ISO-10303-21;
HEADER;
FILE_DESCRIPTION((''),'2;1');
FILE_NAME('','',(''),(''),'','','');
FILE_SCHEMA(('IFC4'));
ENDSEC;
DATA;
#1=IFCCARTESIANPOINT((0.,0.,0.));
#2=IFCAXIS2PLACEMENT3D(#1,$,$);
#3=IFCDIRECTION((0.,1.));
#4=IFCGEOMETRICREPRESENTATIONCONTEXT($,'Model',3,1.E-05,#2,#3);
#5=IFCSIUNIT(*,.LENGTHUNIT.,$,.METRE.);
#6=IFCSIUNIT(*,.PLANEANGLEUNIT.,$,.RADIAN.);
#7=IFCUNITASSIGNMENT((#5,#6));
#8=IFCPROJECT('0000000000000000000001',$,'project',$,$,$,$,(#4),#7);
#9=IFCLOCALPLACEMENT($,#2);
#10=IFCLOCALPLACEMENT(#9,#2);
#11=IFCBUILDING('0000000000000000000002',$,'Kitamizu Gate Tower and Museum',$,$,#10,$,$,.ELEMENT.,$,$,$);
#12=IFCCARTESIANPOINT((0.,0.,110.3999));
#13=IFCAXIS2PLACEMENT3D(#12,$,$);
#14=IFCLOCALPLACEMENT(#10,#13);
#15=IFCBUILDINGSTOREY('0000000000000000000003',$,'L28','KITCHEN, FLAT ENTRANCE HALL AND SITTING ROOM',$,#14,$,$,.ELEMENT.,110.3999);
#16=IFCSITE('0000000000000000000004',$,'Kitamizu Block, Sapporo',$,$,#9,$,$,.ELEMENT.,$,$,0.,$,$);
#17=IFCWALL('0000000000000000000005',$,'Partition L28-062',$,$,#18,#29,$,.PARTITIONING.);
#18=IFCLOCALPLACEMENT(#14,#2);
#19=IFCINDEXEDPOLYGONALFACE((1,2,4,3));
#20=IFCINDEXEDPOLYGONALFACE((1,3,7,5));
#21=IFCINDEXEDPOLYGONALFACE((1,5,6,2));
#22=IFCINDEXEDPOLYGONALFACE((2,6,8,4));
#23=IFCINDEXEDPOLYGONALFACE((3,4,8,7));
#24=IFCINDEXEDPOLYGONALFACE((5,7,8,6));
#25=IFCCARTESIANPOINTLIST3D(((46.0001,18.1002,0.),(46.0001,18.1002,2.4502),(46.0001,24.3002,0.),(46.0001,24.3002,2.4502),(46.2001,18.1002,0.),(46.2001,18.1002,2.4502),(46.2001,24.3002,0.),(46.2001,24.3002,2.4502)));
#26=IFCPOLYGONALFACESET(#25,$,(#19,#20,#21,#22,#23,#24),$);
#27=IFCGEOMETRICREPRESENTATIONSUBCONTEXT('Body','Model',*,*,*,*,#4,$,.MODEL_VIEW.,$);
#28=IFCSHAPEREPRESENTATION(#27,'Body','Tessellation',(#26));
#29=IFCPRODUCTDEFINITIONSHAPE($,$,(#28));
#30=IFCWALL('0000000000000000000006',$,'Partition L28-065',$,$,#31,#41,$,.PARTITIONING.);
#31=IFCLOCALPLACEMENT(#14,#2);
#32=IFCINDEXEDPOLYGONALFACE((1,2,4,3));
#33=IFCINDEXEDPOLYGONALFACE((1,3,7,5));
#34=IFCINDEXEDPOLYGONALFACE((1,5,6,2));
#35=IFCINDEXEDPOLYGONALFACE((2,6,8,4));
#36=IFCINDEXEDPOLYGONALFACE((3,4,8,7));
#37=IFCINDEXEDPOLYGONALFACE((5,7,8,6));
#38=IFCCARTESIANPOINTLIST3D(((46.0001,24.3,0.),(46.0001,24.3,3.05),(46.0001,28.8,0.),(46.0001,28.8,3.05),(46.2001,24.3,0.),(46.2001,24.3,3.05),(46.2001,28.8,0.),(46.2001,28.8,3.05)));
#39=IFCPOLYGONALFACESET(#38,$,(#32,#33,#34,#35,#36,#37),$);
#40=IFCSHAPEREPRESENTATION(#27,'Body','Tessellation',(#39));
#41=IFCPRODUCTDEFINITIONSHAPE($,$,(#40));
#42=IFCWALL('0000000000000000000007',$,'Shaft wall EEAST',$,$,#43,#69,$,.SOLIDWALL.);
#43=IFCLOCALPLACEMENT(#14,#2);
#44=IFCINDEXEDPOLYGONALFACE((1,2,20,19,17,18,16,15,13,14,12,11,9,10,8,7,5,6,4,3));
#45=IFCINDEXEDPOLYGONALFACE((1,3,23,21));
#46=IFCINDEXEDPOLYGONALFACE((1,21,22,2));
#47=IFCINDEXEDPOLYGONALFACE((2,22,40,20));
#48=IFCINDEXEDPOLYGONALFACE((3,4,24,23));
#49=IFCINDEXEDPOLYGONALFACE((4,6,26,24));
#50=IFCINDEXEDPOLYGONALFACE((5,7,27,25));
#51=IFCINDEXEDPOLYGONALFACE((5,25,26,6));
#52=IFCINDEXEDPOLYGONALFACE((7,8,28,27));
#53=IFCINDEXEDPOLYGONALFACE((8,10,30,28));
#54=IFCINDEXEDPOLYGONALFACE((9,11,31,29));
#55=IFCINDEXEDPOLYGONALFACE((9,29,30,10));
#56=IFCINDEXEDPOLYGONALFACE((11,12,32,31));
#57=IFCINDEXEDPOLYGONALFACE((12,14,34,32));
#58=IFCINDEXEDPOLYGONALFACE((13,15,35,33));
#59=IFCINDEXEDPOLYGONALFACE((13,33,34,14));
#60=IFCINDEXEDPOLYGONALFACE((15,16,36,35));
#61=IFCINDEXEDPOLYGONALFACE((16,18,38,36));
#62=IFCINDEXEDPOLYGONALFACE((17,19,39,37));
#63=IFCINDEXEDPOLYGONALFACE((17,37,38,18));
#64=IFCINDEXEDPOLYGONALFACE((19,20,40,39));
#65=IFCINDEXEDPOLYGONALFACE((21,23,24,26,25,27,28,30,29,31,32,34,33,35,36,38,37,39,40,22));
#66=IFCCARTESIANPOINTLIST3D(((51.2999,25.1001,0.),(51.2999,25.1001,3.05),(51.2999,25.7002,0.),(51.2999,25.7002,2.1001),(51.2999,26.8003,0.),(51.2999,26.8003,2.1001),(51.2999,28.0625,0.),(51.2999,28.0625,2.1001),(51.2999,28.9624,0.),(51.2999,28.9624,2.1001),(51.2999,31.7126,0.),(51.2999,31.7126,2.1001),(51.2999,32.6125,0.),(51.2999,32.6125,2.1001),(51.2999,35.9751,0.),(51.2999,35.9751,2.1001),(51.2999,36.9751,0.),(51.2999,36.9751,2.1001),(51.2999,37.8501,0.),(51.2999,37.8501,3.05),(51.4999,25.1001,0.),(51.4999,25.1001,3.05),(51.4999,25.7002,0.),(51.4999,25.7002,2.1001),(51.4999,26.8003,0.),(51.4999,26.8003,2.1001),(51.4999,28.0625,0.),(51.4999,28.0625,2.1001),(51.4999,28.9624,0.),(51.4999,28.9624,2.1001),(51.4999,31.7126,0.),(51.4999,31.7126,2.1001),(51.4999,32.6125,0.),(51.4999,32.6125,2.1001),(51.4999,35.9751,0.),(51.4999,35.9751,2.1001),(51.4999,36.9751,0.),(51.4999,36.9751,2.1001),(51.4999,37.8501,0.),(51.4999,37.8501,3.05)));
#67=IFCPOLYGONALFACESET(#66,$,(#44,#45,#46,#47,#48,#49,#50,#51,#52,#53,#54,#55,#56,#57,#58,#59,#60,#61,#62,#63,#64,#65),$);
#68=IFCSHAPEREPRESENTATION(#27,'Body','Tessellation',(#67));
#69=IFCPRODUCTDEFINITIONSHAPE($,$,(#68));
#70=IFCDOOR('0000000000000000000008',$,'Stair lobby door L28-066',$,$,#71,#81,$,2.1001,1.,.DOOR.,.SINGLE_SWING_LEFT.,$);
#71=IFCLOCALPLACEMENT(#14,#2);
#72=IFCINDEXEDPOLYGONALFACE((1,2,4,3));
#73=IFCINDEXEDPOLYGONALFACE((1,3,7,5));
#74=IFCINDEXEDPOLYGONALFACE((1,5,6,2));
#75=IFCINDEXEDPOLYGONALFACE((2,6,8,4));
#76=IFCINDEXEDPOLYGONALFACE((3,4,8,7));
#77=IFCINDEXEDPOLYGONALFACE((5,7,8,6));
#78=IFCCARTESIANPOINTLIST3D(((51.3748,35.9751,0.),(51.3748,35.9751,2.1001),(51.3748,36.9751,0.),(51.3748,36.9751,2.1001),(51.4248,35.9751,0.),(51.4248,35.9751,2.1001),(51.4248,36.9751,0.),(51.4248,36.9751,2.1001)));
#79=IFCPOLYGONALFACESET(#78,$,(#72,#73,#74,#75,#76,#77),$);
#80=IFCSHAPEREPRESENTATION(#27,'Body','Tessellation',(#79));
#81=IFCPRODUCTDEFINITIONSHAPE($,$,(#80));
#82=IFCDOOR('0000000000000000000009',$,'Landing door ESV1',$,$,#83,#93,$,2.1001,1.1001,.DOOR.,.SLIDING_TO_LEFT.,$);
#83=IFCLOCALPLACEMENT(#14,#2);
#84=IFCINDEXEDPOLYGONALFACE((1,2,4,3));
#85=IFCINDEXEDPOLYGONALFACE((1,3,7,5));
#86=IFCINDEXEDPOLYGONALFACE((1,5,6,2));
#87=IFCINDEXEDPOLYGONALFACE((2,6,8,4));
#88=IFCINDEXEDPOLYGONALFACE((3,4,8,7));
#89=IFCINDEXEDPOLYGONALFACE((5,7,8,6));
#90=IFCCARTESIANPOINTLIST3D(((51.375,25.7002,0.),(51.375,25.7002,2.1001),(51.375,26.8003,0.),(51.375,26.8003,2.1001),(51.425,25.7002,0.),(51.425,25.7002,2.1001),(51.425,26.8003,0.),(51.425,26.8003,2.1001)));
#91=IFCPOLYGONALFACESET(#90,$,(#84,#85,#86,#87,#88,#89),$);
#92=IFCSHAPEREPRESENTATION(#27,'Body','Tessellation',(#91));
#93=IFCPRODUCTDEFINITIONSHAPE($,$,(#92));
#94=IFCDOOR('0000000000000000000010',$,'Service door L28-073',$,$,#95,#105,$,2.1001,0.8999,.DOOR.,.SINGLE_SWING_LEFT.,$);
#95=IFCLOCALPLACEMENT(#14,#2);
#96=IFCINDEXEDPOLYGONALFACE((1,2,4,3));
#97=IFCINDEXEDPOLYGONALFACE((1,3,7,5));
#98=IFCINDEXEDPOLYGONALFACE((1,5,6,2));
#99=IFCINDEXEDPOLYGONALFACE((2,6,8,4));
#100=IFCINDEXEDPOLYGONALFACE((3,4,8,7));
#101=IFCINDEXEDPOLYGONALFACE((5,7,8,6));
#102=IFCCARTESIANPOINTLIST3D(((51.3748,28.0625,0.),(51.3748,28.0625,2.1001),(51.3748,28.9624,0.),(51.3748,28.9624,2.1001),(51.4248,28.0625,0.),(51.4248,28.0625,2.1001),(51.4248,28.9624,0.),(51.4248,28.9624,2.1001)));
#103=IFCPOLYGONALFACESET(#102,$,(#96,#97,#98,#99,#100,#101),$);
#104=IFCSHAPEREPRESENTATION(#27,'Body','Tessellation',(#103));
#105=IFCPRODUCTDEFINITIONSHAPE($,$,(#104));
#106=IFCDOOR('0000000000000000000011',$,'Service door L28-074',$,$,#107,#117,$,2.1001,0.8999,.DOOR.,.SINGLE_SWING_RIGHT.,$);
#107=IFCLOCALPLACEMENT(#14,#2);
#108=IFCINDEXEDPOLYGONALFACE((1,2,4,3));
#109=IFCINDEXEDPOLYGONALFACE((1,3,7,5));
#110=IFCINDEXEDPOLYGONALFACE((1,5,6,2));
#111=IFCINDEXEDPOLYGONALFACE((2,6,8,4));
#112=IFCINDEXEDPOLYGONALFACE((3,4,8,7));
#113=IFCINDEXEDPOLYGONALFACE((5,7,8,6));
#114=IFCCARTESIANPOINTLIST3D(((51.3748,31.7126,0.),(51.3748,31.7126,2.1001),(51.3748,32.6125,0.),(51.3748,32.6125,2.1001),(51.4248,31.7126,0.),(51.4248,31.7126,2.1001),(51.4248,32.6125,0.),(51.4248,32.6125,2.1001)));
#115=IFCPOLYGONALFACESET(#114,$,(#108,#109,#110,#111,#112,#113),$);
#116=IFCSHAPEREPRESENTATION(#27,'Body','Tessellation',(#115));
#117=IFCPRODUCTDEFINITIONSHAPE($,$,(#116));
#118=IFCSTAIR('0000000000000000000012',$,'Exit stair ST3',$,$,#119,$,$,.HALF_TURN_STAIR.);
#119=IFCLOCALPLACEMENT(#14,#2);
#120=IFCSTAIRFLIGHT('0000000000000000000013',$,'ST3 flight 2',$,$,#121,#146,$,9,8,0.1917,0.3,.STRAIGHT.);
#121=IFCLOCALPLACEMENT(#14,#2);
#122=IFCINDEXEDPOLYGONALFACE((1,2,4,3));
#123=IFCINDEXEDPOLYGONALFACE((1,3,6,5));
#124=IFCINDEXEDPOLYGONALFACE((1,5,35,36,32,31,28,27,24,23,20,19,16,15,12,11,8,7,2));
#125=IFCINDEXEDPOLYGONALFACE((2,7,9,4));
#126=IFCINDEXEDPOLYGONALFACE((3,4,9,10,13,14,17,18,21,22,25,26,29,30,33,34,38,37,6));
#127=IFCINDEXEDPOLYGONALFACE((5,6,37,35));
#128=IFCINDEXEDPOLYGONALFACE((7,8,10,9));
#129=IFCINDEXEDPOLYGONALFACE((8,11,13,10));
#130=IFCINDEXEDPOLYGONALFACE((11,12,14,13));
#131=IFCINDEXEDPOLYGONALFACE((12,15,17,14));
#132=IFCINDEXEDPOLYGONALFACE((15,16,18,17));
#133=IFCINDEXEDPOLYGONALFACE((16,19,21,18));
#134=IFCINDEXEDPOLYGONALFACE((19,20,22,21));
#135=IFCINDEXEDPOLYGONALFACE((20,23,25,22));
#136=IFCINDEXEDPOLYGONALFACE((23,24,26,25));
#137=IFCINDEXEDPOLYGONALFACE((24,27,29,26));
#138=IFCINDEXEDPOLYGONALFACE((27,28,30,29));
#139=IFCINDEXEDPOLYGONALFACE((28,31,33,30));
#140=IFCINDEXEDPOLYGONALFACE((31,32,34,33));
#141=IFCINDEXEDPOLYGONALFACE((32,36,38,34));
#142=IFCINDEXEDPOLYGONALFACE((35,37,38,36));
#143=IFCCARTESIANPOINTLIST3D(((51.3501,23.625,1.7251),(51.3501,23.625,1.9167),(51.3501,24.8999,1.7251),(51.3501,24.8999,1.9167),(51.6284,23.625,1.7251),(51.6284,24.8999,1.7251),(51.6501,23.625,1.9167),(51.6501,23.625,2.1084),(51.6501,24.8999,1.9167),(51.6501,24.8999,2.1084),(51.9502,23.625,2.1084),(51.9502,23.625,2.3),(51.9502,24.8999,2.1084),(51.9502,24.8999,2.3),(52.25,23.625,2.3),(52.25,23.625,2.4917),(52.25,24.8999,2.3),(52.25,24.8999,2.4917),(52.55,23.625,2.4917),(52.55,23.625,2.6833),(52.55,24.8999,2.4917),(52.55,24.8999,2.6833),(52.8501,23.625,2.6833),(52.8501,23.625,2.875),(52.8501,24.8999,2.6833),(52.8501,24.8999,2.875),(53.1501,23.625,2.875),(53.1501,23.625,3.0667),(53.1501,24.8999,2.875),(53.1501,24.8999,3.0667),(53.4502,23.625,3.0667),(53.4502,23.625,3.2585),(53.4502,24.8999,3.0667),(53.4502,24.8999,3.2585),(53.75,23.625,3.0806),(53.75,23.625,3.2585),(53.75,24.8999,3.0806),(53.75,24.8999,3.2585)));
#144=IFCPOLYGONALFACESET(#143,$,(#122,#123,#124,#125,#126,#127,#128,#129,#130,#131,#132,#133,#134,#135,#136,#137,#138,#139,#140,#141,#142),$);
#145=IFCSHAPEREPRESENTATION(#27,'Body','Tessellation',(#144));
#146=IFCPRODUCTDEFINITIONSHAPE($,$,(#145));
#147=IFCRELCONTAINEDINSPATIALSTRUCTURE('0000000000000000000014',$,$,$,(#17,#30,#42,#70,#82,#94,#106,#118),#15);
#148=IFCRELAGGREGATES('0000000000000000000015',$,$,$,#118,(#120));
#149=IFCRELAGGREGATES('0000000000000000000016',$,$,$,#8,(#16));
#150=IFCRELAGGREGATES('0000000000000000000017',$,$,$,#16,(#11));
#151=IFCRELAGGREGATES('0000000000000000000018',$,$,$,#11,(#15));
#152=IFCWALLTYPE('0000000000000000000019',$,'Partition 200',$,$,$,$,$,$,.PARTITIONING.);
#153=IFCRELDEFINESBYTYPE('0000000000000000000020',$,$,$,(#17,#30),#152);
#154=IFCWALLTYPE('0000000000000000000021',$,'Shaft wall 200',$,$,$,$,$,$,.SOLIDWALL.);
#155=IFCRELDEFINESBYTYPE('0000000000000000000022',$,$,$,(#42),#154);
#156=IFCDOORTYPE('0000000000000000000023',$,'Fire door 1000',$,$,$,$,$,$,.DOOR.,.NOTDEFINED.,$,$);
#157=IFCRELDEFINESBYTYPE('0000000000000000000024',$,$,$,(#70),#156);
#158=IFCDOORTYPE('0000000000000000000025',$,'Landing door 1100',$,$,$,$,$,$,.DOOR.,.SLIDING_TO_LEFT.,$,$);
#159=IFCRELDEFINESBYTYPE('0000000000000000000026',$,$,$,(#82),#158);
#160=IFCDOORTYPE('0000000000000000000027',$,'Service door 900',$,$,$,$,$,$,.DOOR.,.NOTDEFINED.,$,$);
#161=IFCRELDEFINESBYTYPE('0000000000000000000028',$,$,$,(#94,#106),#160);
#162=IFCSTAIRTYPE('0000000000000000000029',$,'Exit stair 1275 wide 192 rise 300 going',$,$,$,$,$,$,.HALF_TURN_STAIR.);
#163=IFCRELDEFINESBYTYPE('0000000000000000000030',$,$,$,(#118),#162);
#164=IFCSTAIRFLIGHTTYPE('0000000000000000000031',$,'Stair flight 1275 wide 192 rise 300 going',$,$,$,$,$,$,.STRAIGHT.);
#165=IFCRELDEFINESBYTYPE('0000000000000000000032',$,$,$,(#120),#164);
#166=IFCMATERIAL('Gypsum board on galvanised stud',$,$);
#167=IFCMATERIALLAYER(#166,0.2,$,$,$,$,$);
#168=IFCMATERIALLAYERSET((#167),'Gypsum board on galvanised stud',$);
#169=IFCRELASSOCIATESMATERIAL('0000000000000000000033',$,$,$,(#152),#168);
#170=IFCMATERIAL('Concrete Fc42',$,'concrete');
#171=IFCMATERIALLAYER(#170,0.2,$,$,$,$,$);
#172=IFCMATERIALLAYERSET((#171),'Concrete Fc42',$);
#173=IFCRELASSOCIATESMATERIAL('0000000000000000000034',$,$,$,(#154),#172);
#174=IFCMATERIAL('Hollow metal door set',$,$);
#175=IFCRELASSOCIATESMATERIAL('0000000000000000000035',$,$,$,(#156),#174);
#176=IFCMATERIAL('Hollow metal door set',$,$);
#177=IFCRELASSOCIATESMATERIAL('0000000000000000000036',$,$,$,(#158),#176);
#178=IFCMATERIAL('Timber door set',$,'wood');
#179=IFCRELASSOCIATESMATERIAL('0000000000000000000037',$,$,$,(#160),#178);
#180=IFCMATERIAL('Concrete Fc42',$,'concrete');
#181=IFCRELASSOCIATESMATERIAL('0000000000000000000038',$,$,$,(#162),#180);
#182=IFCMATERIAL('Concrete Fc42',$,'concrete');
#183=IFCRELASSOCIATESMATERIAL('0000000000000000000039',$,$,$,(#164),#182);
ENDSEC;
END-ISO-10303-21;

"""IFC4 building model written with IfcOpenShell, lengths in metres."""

from ifc_helpers import new_model, si_unit, direction, frame, frame_2d, origin, place, context, subcontext, project, spatial, polyline, rectangle, outline, extrude, material, layer, layer_set, type_object, element, fill, aggregate, save


model = new_model("IFC4")

# Units and contexts
model_context = context("Model", 3, precision=1e-05, world=origin(), true_north=direction((0.0, 1.0)))
body_context = subcontext(model_context, "Body", "Model", "MODEL_VIEW")
ifc_project = project(units=[si_unit("LENGTHUNIT", "METRE"), si_unit("PLANEANGLEUNIT", "RADIAN")], contexts=[model_context])

# Site, building, storey
site_placement = place(None, origin())
site = spatial("IfcSite", under=ifc_project, at=site_placement, Name="Kitamizu Block, Sapporo", CompositionType="ELEMENT", RefElevation=0.0)
building_placement = place(site_placement, origin())
building = spatial("IfcBuilding", under=site, at=building_placement, Name="Kitamizu Gate Tower and Museum", CompositionType="ELEMENT")
storey_placement = place(building_placement, frame((0.0, 0.0, 110.3999)))
storey = spatial("IfcBuildingStorey", under=building, at=storey_placement, Name="L28", Description="KITCHEN, FLAT ENTRANCE HALL AND SITTING ROOM", CompositionType="ELEMENT", Elevation=110.3999)

# Walls
ifc_material_1 = material(Name="Gypsum board on galvanised stud")
ifc_layer_1 = layer(ifc_material_1, 0.2)
ifc_layer_set_1 = layer_set([ifc_layer_1], Name="Gypsum board on galvanised stud")
wall_type_1 = type_object("IfcWallType", Name="Partition 200", PredefinedType="PARTITIONING", material=ifc_layer_set_1)
wall_1_placement = place(storey_placement, frame((46.1001, 18.1001, 0.0), z_axis=(0.0, 0.0, 1.0), x_axis=(0.0, 1.0, 0.0)))
element("IfcWall", 1, at=wall_1_placement, inside=storey, type_object=wall_type_1, Name="Partition L28-062", PredefinedType="PARTITIONING", context=body_context, shape_type="SweptSolid", body=[
    extrude(rectangle(XDim=6.2, YDim=0.2, at=frame_2d((3.1001, 0.0))), origin(), (0.0, 0.0, 1.0), 2.4502),
])
wall_2_placement = place(storey_placement, frame((46.1001, 24.3, 0.0), z_axis=(0.0, 0.0, 1.0), x_axis=(0.0, 1.0, 0.0)))
element("IfcWall", 2, at=wall_2_placement, inside=storey, type_object=wall_type_1, Name="Partition L28-065", PredefinedType="PARTITIONING", context=body_context, shape_type="SweptSolid", body=[
    extrude(rectangle(XDim=4.5, YDim=0.2, at=frame_2d((2.25, 0.0))), origin(), (0.0, 0.0, 1.0), 3.05),
])

# Wall, openings, doors
ifc_material_2 = material(Name="Concrete Fc42", Category="concrete")
ifc_layer_2 = layer(ifc_material_2, 0.2)
ifc_layer_set_2 = layer_set([ifc_layer_2], Name="Concrete Fc42")
wall_type_2 = type_object("IfcWallType", Name="Shaft wall 200", PredefinedType="SOLIDWALL", material=ifc_layer_set_2)
wall_3_placement = place(storey_placement, frame((51.3999, 25.1001, 0.0), z_axis=(0.0, 0.0, 1.0), x_axis=(0.0, 1.0, 0.0)))
wall_3 = element("IfcWall", 3, at=wall_3_placement, inside=storey, type_object=wall_type_2, Name="Shaft wall EEAST", PredefinedType="SOLIDWALL", context=body_context, shape_type="SweptSolid", body=[
    extrude(rectangle(XDim=12.75, YDim=0.2, at=frame_2d((6.375, 0.0))), origin(), (0.0, 0.0, 1.0), 3.05),
])
opening_1_placement = place(wall_3_placement, frame((0.6001, 0.0, 0.0)))
opening_1 = element("IfcOpeningElement", 4, at=opening_1_placement, cuts=wall_3, PredefinedType="OPENING", context=body_context, shape_type="SweptSolid", body=[
    extrude(rectangle(XDim=1.1001, YDim=2.1001, at=frame_2d((0.55, 1.05))), frame((0.0, 0.1099, 0.0), z_axis=(0.0, -1.0, 0.0), x_axis=(1.0, 0.0, 0.0)), (0.0, 0.0, 1.0), 0.22),
])
opening_2_placement = place(wall_3_placement, frame((10.875, 0.0, 0.0)))
opening_2 = element("IfcOpeningElement", 5, at=opening_2_placement, cuts=wall_3, PredefinedType="OPENING", context=body_context, shape_type="SweptSolid", body=[
    extrude(rectangle(XDim=1.0, YDim=2.1001, at=frame_2d((0.5, 1.05))), frame((0.0, 0.1099, 0.0), z_axis=(0.0, -1.0, 0.0), x_axis=(1.0, 0.0, 0.0)), (0.0, 0.0, 1.0), 0.22),
])
opening_3_placement = place(wall_3_placement, frame((2.9624, 0.0, 0.0)))
opening_3 = element("IfcOpeningElement", 6, at=opening_3_placement, cuts=wall_3, PredefinedType="OPENING", context=body_context, shape_type="SweptSolid", body=[
    extrude(rectangle(XDim=0.8999, YDim=2.1001, at=frame_2d((0.45, 1.05))), frame((0.0, 0.1099, 0.0), z_axis=(0.0, -1.0, 0.0), x_axis=(1.0, 0.0, 0.0)), (0.0, 0.0, 1.0), 0.22),
])
opening_4_placement = place(wall_3_placement, frame((6.6125, 0.0, 0.0)))
opening_4 = element("IfcOpeningElement", 7, at=opening_4_placement, cuts=wall_3, PredefinedType="OPENING", context=body_context, shape_type="SweptSolid", body=[
    extrude(rectangle(XDim=0.8999, YDim=2.1001, at=frame_2d((0.45, 1.05))), frame((0.0, 0.1099, 0.0), z_axis=(0.0, -1.0, 0.0), x_axis=(1.0, 0.0, 0.0)), (0.0, 0.0, 1.0), 0.22),
])
ifc_material_3 = material(Name="Hollow metal door set")
door_type_1 = type_object("IfcDoorType", Name="Fire door 1000", OperationType="NOTDEFINED", PredefinedType="DOOR", material=ifc_material_3)
door_1_placement = place(opening_2_placement, frame((1.0, 0.0, 0.0), x_axis=(-1.0, 0.0, 0.0)))
door_1 = element("IfcDoor", 8, at=door_1_placement, inside=storey, type_object=door_type_1, Name="Stair lobby door L28-066", OperationType="SINGLE_SWING_LEFT", OverallHeight=2.1001, OverallWidth=1.0, PredefinedType="DOOR", context=body_context, shape_type="SweptSolid", body=[
    extrude(rectangle(XDim=1.0, YDim=2.1001, at=frame_2d((0.5, 1.05))), frame((0.0, 0.0249, 0.0), z_axis=(0.0, -1.0, 0.0), x_axis=(1.0, 0.0, 0.0)), (0.0, 0.0, 1.0), 0.05),
])
fill(opening_2, door_1)
ifc_material_4 = material(Name="Hollow metal door set")
door_type_2 = type_object("IfcDoorType", Name="Landing door 1100", OperationType="SLIDING_TO_LEFT", PredefinedType="DOOR", material=ifc_material_4)
door_2_placement = place(opening_1_placement, origin())
door_2 = element("IfcDoor", 9, at=door_2_placement, inside=storey, type_object=door_type_2, Name="Landing door ESV1", OperationType="SLIDING_TO_LEFT", OverallHeight=2.1001, OverallWidth=1.1001, PredefinedType="DOOR", context=body_context, shape_type="SweptSolid", body=[
    extrude(rectangle(XDim=1.1001, YDim=2.1001, at=frame_2d((0.55, 1.05))), frame((0.0, 0.0249, 0.0), z_axis=(0.0, -1.0, 0.0), x_axis=(1.0, 0.0, 0.0)), (0.0, 0.0, 1.0), 0.05),
])
fill(opening_1, door_2)
ifc_material_5 = material(Name="Timber door set", Category="wood")
door_type_3 = type_object("IfcDoorType", Name="Service door 900", OperationType="NOTDEFINED", PredefinedType="DOOR", material=ifc_material_5)
door_3_placement = place(opening_3_placement, frame((0.8999, 0.0, 0.0), x_axis=(-1.0, 0.0, 0.0)))
door_3 = element("IfcDoor", 10, at=door_3_placement, inside=storey, type_object=door_type_3, Name="Service door L28-073", OperationType="SINGLE_SWING_LEFT", OverallHeight=2.1001, OverallWidth=0.8999, PredefinedType="DOOR", context=body_context, shape_type="SweptSolid", body=[
    extrude(rectangle(XDim=0.8999, YDim=2.1001, at=frame_2d((0.45, 1.05))), frame((0.0, 0.0249, 0.0), z_axis=(0.0, -1.0, 0.0), x_axis=(1.0, 0.0, 0.0)), (0.0, 0.0, 1.0), 0.05),
])
fill(opening_3, door_3)
door_4_placement = place(opening_4_placement, frame((0.8999, 0.0, 0.0), x_axis=(-1.0, 0.0, 0.0)))
door_4 = element("IfcDoor", 11, at=door_4_placement, inside=storey, type_object=door_type_3, Name="Service door L28-074", OperationType="SINGLE_SWING_RIGHT", OverallHeight=2.1001, OverallWidth=0.8999, PredefinedType="DOOR", context=body_context, shape_type="SweptSolid", body=[
    extrude(rectangle(XDim=0.8999, YDim=2.1001, at=frame_2d((0.45, 1.05))), frame((0.0, 0.0249, 0.0), z_axis=(0.0, -1.0, 0.0), x_axis=(1.0, 0.0, 0.0)), (0.0, 0.0, 1.0), 0.05),
])
fill(opening_4, door_4)

# Stair, stair flight
ifc_material_6 = material(Name="Concrete Fc42", Category="concrete")
stair_type = type_object("IfcStairType", Name="Exit stair 1275 wide 192 rise 300 going", PredefinedType="HALF_TURN_STAIR", material=ifc_material_6)
stair_placement = place(storey_placement, origin())
stair = element("IfcStair", 12, at=stair_placement, inside=storey, type_object=stair_type, Name="Exit stair ST3", PredefinedType="HALF_TURN_STAIR")
ifc_material_7 = material(Name="Concrete Fc42", Category="concrete")
stair_flight_type = type_object("IfcStairFlightType", Name="Stair flight 1275 wide 192 rise 300 going", PredefinedType="STRAIGHT", material=ifc_material_7)
stair_flight_placement = place(storey_placement, frame((51.3501, 24.2625, 1.7251), z_axis=(0.0, 0.0, 1.0), x_axis=(1.0, 0.0, 0.0)))
stair_flight = element("IfcStairFlight", 13, at=stair_flight_placement, type_object=stair_flight_type, Name="ST3 flight 2", NumberOfRisers=9, NumberOfTreads=8, PredefinedType="STRAIGHT", RiserHeight=0.1917, TreadLength=0.3, context=body_context, shape_type="SweptSolid", body=[
    extrude(outline(polyline([(0.0, 0.0), (0.0, 0.1917), (0.3, 0.1917), (0.3, 0.3833), (0.6001, 0.3833), (0.6001, 0.575), (0.8999, 0.575), (0.8999, 0.7666), (1.2, 0.7666), (1.2, 0.9583), (1.5, 0.9583), (1.5, 1.1499), (1.8, 1.1499), (1.8, 1.3416), (2.1001, 1.3416), (2.1001, 1.5334), (2.3999, 1.5334), (2.3999, 1.7251), (2.3999, 1.3555), (0.2783, 0.0), (0.0, 0.0)])), frame((0.0, 0.6375, 0.0), z_axis=(0.0, -1.0, 0.0), x_axis=(1.0, 0.0, 0.0)), (0.0, 0.0, 1.0), 1.2749),
])
aggregate(stair, [stair_flight])

save(model, "model.ifc")
